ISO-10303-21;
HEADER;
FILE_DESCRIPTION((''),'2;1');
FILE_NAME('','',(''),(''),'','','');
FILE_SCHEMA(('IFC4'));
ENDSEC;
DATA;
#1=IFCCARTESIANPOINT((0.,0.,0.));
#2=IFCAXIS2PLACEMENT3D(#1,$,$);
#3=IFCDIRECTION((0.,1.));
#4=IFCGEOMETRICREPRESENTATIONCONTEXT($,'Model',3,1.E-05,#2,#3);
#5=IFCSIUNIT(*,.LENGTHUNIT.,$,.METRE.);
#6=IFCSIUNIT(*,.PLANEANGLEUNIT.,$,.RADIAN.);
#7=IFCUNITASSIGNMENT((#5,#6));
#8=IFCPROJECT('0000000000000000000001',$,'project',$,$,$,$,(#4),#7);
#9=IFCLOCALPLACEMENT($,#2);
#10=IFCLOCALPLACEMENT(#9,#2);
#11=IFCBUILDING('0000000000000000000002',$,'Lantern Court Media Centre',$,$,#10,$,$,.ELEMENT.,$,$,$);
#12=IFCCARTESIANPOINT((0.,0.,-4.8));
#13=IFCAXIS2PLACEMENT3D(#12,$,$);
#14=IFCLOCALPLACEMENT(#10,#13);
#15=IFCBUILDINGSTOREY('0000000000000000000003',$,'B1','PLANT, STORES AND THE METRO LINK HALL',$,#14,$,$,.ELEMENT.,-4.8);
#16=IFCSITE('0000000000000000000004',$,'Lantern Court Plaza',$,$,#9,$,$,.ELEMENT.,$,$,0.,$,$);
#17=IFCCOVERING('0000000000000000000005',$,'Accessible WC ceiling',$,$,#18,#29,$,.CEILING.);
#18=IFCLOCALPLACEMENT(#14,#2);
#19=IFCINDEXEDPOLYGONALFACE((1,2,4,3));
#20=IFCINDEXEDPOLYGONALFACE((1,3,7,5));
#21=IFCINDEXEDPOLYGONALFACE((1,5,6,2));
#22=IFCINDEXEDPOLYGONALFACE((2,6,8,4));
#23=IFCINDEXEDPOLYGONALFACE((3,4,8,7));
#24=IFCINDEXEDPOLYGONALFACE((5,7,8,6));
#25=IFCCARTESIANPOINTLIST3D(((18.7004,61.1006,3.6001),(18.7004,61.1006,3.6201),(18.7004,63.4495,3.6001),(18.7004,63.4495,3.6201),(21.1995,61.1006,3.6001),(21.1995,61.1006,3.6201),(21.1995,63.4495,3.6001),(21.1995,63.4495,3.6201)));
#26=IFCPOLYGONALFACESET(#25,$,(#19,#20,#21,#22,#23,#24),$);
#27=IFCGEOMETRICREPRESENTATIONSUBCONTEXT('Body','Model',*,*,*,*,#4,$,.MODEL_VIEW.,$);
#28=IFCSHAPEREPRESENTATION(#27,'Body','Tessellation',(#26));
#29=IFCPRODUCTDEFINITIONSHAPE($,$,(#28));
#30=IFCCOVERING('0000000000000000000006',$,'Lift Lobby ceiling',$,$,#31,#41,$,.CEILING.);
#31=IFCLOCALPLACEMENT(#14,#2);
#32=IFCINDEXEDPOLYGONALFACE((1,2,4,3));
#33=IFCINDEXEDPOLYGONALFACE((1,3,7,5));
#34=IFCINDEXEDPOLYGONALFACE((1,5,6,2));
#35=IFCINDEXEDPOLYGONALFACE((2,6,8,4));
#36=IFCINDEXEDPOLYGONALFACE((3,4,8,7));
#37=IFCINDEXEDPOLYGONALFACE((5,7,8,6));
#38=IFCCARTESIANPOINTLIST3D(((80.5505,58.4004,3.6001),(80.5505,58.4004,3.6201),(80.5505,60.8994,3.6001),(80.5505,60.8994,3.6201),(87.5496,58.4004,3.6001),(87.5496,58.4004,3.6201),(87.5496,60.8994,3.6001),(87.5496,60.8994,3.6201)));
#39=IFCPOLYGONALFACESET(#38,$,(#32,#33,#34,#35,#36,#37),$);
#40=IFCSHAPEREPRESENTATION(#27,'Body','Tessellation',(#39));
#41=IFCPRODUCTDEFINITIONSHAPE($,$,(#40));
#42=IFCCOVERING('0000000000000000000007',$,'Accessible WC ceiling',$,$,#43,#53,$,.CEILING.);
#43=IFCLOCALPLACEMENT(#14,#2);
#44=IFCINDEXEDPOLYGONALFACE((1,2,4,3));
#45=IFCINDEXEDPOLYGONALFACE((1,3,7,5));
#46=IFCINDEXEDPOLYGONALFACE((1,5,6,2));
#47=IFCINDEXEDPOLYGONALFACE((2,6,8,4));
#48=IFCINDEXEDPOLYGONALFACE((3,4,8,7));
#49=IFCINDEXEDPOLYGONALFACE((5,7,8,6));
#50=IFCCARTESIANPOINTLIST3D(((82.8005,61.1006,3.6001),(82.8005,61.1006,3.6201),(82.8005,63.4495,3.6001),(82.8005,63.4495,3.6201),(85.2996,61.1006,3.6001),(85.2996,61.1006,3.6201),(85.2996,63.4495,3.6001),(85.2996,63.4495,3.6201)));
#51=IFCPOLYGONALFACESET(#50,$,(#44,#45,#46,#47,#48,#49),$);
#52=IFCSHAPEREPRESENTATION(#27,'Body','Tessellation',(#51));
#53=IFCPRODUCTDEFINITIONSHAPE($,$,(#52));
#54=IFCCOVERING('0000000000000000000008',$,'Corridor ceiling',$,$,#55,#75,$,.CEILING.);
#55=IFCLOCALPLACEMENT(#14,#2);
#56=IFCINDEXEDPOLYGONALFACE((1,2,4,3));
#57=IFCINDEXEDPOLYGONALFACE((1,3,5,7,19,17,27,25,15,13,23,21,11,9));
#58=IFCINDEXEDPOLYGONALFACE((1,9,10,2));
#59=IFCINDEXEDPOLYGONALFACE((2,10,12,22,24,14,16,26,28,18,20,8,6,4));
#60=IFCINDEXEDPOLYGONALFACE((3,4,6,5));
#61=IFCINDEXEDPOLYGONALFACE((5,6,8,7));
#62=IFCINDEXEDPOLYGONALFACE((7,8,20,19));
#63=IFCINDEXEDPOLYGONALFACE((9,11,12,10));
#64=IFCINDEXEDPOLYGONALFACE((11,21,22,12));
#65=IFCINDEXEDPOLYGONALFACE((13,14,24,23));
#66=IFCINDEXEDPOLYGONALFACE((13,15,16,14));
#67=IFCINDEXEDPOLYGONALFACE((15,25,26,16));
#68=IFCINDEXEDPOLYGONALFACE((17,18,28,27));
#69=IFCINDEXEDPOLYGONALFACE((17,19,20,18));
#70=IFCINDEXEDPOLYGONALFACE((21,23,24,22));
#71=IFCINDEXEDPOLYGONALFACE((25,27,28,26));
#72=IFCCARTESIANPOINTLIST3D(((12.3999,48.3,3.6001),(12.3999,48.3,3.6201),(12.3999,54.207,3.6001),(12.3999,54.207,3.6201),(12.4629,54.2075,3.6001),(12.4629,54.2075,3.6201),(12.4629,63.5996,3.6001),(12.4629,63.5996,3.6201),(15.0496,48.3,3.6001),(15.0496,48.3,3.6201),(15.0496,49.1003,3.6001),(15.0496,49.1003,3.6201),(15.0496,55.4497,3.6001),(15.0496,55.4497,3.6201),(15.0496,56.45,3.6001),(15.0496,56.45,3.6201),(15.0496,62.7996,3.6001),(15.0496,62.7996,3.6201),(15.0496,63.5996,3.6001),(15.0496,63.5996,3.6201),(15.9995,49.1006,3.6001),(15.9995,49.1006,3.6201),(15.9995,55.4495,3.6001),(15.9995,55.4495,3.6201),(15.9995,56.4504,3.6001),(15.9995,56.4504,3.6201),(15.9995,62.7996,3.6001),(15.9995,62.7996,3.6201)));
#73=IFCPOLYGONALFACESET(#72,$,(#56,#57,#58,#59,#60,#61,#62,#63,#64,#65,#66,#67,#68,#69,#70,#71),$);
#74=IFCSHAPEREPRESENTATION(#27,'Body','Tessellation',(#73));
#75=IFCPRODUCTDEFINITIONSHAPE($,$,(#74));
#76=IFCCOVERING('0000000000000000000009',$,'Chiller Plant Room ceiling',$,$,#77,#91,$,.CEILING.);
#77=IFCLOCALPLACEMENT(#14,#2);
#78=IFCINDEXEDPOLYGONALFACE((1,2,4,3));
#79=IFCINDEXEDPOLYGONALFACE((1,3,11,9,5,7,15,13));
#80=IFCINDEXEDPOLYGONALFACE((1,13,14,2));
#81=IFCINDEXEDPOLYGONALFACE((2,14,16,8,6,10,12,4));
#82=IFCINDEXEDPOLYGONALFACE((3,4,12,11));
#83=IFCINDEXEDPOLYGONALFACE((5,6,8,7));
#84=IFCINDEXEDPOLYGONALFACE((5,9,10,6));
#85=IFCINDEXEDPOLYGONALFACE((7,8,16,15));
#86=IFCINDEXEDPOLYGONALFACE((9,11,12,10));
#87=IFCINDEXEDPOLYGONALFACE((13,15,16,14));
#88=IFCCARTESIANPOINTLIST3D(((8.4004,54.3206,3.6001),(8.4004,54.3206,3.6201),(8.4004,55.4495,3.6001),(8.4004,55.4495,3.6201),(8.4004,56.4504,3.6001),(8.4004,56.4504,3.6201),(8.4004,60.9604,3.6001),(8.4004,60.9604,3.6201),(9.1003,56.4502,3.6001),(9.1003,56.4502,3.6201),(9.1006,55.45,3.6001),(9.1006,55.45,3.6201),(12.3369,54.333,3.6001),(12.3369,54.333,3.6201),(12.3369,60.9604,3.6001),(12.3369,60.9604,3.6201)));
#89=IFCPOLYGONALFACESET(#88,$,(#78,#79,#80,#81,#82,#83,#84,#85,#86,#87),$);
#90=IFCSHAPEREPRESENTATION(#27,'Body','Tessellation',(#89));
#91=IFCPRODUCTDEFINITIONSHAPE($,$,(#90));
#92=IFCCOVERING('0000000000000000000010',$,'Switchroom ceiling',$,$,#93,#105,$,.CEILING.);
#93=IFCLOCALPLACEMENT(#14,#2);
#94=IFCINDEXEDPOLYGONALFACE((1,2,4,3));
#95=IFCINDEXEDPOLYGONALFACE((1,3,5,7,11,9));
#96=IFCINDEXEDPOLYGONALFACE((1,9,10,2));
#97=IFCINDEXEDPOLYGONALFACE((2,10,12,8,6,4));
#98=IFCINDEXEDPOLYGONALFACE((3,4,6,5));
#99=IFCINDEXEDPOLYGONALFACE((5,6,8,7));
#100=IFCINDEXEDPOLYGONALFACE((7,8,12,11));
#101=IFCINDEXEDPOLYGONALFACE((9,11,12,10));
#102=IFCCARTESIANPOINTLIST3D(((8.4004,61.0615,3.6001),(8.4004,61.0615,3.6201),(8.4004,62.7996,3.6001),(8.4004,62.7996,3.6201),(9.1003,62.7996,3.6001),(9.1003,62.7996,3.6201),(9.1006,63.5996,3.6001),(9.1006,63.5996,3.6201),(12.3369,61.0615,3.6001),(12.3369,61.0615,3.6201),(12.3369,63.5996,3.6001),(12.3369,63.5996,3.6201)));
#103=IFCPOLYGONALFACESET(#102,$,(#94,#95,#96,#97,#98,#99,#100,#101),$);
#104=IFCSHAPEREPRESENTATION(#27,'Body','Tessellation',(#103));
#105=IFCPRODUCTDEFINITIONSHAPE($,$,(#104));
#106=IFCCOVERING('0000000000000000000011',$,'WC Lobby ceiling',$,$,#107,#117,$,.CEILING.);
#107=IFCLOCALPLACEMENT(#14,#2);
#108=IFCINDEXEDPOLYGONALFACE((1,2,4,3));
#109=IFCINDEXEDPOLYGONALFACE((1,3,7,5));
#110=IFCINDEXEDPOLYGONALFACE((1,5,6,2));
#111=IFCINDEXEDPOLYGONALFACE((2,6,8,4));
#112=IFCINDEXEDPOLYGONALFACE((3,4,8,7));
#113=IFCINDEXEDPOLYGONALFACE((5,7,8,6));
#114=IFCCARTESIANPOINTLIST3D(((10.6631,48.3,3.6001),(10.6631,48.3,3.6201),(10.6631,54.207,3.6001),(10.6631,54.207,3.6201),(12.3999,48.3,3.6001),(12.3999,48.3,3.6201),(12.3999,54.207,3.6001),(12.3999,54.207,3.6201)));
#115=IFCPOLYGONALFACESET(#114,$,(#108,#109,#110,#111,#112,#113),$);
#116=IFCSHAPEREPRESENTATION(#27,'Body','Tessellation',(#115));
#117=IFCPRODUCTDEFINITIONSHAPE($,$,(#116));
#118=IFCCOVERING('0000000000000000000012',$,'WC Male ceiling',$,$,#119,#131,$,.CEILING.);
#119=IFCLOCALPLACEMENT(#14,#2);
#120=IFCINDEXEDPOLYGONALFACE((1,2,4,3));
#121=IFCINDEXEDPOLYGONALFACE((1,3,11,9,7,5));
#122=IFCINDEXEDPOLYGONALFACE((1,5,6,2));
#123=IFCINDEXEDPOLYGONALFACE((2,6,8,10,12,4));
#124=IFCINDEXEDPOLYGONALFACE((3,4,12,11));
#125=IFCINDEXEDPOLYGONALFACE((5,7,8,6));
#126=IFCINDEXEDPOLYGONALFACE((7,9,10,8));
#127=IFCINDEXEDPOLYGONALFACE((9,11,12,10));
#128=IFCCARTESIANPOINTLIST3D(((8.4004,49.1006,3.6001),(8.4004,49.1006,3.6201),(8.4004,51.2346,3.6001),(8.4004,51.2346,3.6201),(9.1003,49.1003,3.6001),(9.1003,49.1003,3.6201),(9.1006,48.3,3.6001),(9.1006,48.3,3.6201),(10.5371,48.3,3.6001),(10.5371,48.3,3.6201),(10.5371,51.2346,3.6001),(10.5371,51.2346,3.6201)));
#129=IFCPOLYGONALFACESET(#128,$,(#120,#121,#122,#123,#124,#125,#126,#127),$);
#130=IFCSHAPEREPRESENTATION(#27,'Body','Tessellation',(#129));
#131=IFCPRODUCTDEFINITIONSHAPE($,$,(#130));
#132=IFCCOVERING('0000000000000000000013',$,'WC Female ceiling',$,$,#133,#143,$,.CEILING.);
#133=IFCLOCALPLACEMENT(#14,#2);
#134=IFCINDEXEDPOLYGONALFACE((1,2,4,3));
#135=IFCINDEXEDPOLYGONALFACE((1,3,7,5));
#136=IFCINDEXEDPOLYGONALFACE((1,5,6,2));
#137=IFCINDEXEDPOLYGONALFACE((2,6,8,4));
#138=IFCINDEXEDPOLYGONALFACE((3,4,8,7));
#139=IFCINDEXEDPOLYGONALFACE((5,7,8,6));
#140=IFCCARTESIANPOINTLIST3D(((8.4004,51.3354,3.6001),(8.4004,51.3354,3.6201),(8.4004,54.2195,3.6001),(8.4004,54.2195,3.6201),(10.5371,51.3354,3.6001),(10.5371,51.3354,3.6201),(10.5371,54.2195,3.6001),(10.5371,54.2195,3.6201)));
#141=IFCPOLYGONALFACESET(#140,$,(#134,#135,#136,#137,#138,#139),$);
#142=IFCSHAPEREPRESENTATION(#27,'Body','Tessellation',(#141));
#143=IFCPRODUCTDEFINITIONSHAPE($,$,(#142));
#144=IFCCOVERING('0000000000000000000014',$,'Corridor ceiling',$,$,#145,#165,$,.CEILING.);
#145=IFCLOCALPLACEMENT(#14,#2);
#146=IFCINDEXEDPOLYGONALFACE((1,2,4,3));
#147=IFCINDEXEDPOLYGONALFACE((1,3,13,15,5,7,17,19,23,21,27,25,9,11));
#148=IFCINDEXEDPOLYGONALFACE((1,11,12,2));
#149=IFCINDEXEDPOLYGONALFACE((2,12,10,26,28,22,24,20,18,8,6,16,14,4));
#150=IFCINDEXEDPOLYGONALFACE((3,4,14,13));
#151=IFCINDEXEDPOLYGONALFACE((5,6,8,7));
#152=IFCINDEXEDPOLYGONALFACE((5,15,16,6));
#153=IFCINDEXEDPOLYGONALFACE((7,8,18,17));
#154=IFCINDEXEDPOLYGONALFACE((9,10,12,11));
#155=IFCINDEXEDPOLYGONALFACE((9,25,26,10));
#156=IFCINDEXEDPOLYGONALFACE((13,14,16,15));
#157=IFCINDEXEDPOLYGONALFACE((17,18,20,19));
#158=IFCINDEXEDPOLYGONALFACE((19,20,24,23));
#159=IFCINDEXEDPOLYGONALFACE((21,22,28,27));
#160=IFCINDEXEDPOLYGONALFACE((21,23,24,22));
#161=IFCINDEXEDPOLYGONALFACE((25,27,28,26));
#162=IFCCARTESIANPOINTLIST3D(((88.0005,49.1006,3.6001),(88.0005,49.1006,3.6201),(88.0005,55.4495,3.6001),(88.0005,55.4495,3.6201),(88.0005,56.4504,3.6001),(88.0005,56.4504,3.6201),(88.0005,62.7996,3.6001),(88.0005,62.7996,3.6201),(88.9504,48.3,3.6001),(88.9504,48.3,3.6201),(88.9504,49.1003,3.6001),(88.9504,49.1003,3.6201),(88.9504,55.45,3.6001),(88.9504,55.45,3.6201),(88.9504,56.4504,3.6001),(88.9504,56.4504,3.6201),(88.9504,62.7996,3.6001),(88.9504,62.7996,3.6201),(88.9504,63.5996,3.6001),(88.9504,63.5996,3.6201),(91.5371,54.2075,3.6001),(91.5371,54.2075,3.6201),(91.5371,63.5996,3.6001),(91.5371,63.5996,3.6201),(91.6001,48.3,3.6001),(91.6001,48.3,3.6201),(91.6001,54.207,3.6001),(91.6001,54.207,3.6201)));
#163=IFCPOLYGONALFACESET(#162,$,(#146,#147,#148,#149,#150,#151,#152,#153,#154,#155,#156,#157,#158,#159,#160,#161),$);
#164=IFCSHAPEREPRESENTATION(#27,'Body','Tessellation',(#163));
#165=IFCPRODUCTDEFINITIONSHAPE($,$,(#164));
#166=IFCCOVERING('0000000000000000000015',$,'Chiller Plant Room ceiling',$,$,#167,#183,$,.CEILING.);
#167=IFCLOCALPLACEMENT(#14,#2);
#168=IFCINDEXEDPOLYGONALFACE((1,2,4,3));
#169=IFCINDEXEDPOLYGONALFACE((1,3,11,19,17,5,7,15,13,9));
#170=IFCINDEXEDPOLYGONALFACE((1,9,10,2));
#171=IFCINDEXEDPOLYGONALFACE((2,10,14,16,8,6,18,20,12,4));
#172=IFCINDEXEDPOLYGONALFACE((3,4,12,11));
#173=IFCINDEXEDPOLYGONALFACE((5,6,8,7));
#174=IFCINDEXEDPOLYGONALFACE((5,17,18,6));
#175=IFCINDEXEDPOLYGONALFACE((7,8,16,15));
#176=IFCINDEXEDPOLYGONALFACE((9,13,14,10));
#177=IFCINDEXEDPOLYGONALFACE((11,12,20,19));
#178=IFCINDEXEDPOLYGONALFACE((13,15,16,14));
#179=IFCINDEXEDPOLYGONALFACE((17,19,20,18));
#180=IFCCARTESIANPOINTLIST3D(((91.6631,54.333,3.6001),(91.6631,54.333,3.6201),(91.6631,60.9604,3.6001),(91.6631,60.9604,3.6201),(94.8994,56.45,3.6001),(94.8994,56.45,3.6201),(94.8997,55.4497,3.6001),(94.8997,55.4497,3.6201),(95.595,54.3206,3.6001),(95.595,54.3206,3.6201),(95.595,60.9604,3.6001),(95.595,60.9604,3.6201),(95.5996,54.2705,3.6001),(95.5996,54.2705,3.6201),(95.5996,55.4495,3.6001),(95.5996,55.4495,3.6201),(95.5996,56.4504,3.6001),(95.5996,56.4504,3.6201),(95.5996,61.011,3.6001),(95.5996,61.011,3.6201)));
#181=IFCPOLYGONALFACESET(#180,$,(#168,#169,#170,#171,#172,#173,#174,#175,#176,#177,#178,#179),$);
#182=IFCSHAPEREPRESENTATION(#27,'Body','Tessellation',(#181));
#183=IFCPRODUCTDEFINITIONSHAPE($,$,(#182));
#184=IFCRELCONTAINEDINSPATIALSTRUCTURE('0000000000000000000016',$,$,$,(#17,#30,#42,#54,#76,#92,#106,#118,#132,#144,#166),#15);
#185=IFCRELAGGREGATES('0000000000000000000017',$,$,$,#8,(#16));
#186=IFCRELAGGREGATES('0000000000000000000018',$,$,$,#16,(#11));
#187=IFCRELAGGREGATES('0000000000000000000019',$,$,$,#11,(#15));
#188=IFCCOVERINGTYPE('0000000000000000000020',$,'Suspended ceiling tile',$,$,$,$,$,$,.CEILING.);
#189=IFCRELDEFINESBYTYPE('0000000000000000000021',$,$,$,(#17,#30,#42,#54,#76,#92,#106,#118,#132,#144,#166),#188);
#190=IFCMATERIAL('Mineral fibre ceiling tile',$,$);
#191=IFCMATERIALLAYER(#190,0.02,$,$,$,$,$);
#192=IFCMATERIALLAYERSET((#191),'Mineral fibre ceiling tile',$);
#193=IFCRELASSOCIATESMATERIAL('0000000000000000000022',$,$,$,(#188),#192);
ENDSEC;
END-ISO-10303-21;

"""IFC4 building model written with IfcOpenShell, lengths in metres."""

from ifc_helpers import new_model, si_unit, direction, frame, origin, place, context, subcontext, project, spatial, polyline, outline, extrude, material, layer, layer_set, type_object, element, save


model = new_model("IFC4")

# Units and contexts
model_context = context("Model", 3, precision=1e-05, world=origin(), true_north=direction((0.0, 1.0)))
body_context = subcontext(model_context, "Body", "Model", "MODEL_VIEW")
ifc_project = project(units=[si_unit("LENGTHUNIT", "METRE"), si_unit("PLANEANGLEUNIT", "RADIAN")], contexts=[model_context])

# Site, building, storey
site_placement = place(None, origin())
site = spatial("IfcSite", under=ifc_project, at=site_placement, Name="Lantern Court Plaza", CompositionType="ELEMENT", RefElevation=0.0)
building_placement = place(site_placement, origin())
building = spatial("IfcBuilding", under=site, at=building_placement, Name="Lantern Court Media Centre", CompositionType="ELEMENT")
storey_placement = place(building_placement, frame((0.0, 0.0, -4.8)))
storey = spatial("IfcBuildingStorey", under=building, at=storey_placement, Name="B1", Description="PLANT, STORES AND THE METRO LINK HALL", CompositionType="ELEMENT", Elevation=-4.8)

# Coverings
ifc_material = material(Name="Mineral fibre ceiling tile")
ifc_layer = layer(ifc_material, 0.02)
ifc_layer_set = layer_set([ifc_layer], Name="Mineral fibre ceiling tile")
covering_type = type_object("IfcCoveringType", Name="Suspended ceiling tile", PredefinedType="CEILING", material=ifc_layer_set)
covering_1_placement = place(storey_placement, frame((0.0, 0.0, 3.6001)))
element("IfcCovering", 1, at=covering_1_placement, inside=storey, type_object=covering_type, Name="Accessible WC ceiling", PredefinedType="CEILING", context=body_context, shape_type="SweptSolid", body=[
    extrude(outline(polyline([(21.1995, 61.1006), (18.7004, 61.1006), (18.7004, 63.4495), (21.1995, 63.4495), (21.1995, 61.1006)])), origin(), (0.0, 0.0, 1.0), 0.02),
])
covering_2_placement = place(storey_placement, frame((0.0, 0.0, 3.6001)))
element("IfcCovering", 2, at=covering_2_placement, inside=storey, type_object=covering_type, Name="Lift Lobby ceiling", PredefinedType="CEILING", context=body_context, shape_type="SweptSolid", body=[
    extrude(outline(polyline([(87.5496, 60.8994), (87.5496, 58.4004), (80.5505, 58.4004), (80.5505, 60.8994), (87.5496, 60.8994)])), origin(), (0.0, 0.0, 1.0), 0.02),
])
covering_3_placement = place(storey_placement, frame((0.0, 0.0, 3.6001)))
element("IfcCovering", 3, at=covering_3_placement, inside=storey, type_object=covering_type, Name="Accessible WC ceiling", PredefinedType="CEILING", context=body_context, shape_type="SweptSolid", body=[
    extrude(outline(polyline([(85.2996, 61.1006), (82.8005, 61.1006), (82.8005, 63.4495), (85.2996, 63.4495), (85.2996, 61.1006)])), origin(), (0.0, 0.0, 1.0), 0.02),
])
covering_4_placement = place(storey_placement, frame((0.0, 0.0, 3.6001)))
element("IfcCovering", 4, at=covering_4_placement, inside=storey, type_object=covering_type, Name="Corridor ceiling", PredefinedType="CEILING", context=body_context, shape_type="SweptSolid", body=[
    extrude(outline(polyline([(12.3999, 48.3), (12.3999, 54.207), (12.4629, 54.2075), (12.4629, 63.5996), (15.0496, 63.5996), (15.0496, 62.7996), (15.9995, 62.7996), (15.9995, 56.4504), (15.0496, 56.45), (15.0496, 55.4497), (15.9995, 55.4495), (15.9995, 49.1006), (15.0496, 49.1003), (15.0496, 48.3), (12.3999, 48.3)])), origin(), (0.0, 0.0, 1.0), 0.02),
])
covering_5_placement = place(storey_placement, frame((0.0, 0.0, 3.6001)))
element("IfcCovering", 5, at=covering_5_placement, inside=storey, type_object=covering_type, Name="Chiller Plant Room ceiling", PredefinedType="CEILING", context=body_context, shape_type="SweptSolid", body=[
    extrude(outline(polyline([(8.4004, 55.4495), (9.1006, 55.45), (9.1003, 56.4502), (8.4004, 56.4504), (8.4004, 60.9604), (12.3369, 60.9604), (12.3369, 54.333), (8.4004, 54.3206), (8.4004, 55.4495)])), origin(), (0.0, 0.0, 1.0), 0.02),
])
covering_6_placement = place(storey_placement, frame((0.0, 0.0, 3.6001)))
element("IfcCovering", 6, at=covering_6_placement, inside=storey, type_object=covering_type, Name="Switchroom ceiling", PredefinedType="CEILING", context=body_context, shape_type="SweptSolid", body=[
    extrude(outline(polyline([(8.4004, 62.7996), (9.1003, 62.7996), (9.1006, 63.5996), (12.3369, 63.5996), (12.3369, 61.0615), (8.4004, 61.0615), (8.4004, 62.7996)])), origin(), (0.0, 0.0, 1.0), 0.02),
])
covering_7_placement = place(storey_placement, frame((0.0, 0.0, 3.6001)))
element("IfcCovering", 7, at=covering_7_placement, inside=storey, type_object=covering_type, Name="WC Lobby ceiling", PredefinedType="CEILING", context=body_context, shape_type="SweptSolid", body=[
    extrude(outline(polyline([(12.3999, 48.3), (10.6631, 48.3), (10.6631, 54.207), (12.3999, 54.207), (12.3999, 48.3)])), origin(), (0.0, 0.0, 1.0), 0.02),
])
covering_8_placement = place(storey_placement, frame((0.0, 0.0, 3.6001)))
element("IfcCovering", 8, at=covering_8_placement, inside=storey, type_object=covering_type, Name="WC Male ceiling", PredefinedType="CEILING", context=body_context, shape_type="SweptSolid", body=[
    extrude(outline(polyline([(9.1006, 48.3), (9.1003, 49.1003), (8.4004, 49.1006), (8.4004, 51.2346), (10.5371, 51.2346), (10.5371, 48.3), (9.1006, 48.3)])), origin(), (0.0, 0.0, 1.0), 0.02),
])
covering_9_placement = place(storey_placement, frame((0.0, 0.0, 3.6001)))
element("IfcCovering", 9, at=covering_9_placement, inside=storey, type_object=covering_type, Name="WC Female ceiling", PredefinedType="CEILING", context=body_context, shape_type="SweptSolid", body=[
    extrude(outline(polyline([(8.4004, 54.2195), (10.5371, 54.2195), (10.5371, 51.3354), (8.4004, 51.3354), (8.4004, 54.2195)])), origin(), (0.0, 0.0, 1.0), 0.02),
])
covering_10_placement = place(storey_placement, frame((0.0, 0.0, 3.6001)))
element("IfcCovering", 10, at=covering_10_placement, inside=storey, type_object=covering_type, Name="Corridor ceiling", PredefinedType="CEILING", context=body_context, shape_type="SweptSolid", body=[
    extrude(outline(polyline([(91.6001, 48.3), (88.9504, 48.3), (88.9504, 49.1003), (88.0005, 49.1006), (88.0005, 55.4495), (88.9504, 55.45), (88.9504, 56.4504), (88.0005, 56.4504), (88.0005, 62.7996), (88.9504, 62.7996), (88.9504, 63.5996), (91.5371, 63.5996), (91.5371, 54.2075), (91.6001, 54.207), (91.6001, 48.3)])), origin(), (0.0, 0.0, 1.0), 0.02),
])
covering_11_placement = place(storey_placement, frame((0.0, 0.0, 3.6001)))
element("IfcCovering", 11, at=covering_11_placement, inside=storey, type_object=covering_type, Name="Chiller Plant Room ceiling", PredefinedType="CEILING", context=body_context, shape_type="SweptSolid", body=[
    extrude(outline(polyline([(95.5996, 61.011), (95.5996, 56.4504), (94.8994, 56.45), (94.8997, 55.4497), (95.5996, 55.4495), (95.5996, 54.2705), (95.595, 54.3206), (91.6631, 54.333), (91.6631, 60.9604), (95.595, 60.9604), (95.5996, 61.011)])), origin(), (0.0, 0.0, 1.0), 0.02),
])

save(model, "model.ifc")
